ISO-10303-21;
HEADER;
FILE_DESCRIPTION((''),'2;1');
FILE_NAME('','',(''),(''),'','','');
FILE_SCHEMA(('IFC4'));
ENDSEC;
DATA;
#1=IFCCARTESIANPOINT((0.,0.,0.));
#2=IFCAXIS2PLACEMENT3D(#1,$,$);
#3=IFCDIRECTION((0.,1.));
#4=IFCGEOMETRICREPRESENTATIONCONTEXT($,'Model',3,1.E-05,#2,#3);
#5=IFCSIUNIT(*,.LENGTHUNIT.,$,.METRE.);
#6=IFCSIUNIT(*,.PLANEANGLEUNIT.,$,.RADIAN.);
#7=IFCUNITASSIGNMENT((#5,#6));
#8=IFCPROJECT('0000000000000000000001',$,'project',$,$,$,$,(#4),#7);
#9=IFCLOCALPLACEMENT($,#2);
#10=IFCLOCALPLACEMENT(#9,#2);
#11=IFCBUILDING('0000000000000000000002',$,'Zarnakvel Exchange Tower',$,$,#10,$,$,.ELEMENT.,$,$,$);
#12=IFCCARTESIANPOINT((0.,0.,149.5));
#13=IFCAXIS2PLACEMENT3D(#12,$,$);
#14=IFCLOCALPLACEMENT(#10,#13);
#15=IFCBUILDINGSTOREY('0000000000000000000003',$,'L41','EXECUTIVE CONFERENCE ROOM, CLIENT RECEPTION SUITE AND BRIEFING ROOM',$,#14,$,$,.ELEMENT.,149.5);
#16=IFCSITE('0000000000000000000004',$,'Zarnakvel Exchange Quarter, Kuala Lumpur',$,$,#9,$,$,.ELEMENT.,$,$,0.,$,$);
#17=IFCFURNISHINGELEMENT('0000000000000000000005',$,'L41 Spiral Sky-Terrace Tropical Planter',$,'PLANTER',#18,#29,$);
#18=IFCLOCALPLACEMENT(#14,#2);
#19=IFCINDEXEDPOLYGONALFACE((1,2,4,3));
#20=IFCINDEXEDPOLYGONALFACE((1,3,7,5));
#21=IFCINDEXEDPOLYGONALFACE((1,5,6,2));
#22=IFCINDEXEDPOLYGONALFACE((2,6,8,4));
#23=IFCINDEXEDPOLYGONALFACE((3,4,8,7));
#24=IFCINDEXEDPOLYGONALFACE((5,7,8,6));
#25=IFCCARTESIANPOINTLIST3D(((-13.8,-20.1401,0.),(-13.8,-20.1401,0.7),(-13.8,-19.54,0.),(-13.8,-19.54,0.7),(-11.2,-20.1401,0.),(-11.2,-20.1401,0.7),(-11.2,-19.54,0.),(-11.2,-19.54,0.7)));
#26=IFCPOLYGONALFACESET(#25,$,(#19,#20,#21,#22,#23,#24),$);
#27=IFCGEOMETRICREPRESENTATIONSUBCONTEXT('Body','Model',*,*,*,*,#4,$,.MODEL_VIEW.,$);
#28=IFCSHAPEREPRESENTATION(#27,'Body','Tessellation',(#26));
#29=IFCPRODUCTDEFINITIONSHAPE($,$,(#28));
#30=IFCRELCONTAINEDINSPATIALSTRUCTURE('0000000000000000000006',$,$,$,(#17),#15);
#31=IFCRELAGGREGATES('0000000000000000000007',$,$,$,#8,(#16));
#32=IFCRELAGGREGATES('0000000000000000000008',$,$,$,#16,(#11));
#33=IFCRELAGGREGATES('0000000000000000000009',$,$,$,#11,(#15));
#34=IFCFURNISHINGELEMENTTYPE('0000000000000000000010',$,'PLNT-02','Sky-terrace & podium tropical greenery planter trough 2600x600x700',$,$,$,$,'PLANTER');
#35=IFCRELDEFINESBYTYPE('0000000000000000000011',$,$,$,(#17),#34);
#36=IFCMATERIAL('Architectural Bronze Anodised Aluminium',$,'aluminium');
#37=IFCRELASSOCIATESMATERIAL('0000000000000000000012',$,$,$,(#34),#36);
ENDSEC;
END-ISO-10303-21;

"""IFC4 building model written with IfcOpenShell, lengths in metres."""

from ifc_helpers import new_model, si_unit, direction, frame, origin, origin_2d, place, context, subcontext, project, spatial, rectangle, extrude, source, transform, mapped, material, type_object, element, save


model = new_model("IFC4")

# Units and contexts
model_context = context("Model", 3, precision=1e-05, world=origin(), true_north=direction((0.0, 1.0)))
body_context = subcontext(model_context, "Body", "Model", "MODEL_VIEW")
ifc_project = project(units=[si_unit("LENGTHUNIT", "METRE"), si_unit("PLANEANGLEUNIT", "RADIAN")], contexts=[model_context])

# Site, building, storey
site_placement = place(None, origin())
site = spatial("IfcSite", under=ifc_project, at=site_placement, Name="Zarnakvel Exchange Quarter, Kuala Lumpur", CompositionType="ELEMENT", RefElevation=0.0)
building_placement = place(site_placement, origin())
building = spatial("IfcBuilding", under=site, at=building_placement, Name="Zarnakvel Exchange Tower", CompositionType="ELEMENT")
storey_placement = place(building_placement, frame((0.0, 0.0, 149.5)))
storey = spatial("IfcBuildingStorey", under=building, at=storey_placement, Name="L41", Description="EXECUTIVE CONFERENCE ROOM, CLIENT RECEPTION SUITE AND BRIEFING ROOM", CompositionType="ELEMENT", Elevation=149.5)

# Shared definitions
ifc_material_1 = material(Name="Architectural Bronze Anodised Aluminium", Category="aluminium")

# Furnishing element
furnishing_element_type = type_object("IfcFurnishingElementType", Name="PLNT-02", Description="Sky-terrace & podium tropical greenery planter trough 2600x600x700", ElementType="PLANTER", material=ifc_material_1)
shared_shape_1 = source(origin(), body_context, "Body", "SweptSolid", [
    extrude(rectangle(XDim=2.6001, YDim=0.6001, at=origin_2d()), origin(), (0.0, 0.0, 1.0), 0.7),
])
furnishing_placement = place(storey_placement, frame((-12.5, -19.8401, 0.0), z_axis=(0.0, 0.0, 1.0), x_axis=(1.0, 0.0, 0.0)))
element("IfcFurnishingElement", 1, at=furnishing_placement, inside=storey, type_object=furnishing_element_type, Name="L41 Spiral Sky-Terrace Tropical Planter", ObjectType="PLANTER", context=body_context, shape_type="MappedRepresentation", body=[
    mapped(shared_shape_1, transform((0.0, 0.0, 0.0), x_axis=(1.0, 0.0, 0.0), y_axis=(0.0, 1.0, 0.0), z_axis=(0.0, 0.0, 1.0), scale=1.0)),
])

save(model, "model.ifc")
